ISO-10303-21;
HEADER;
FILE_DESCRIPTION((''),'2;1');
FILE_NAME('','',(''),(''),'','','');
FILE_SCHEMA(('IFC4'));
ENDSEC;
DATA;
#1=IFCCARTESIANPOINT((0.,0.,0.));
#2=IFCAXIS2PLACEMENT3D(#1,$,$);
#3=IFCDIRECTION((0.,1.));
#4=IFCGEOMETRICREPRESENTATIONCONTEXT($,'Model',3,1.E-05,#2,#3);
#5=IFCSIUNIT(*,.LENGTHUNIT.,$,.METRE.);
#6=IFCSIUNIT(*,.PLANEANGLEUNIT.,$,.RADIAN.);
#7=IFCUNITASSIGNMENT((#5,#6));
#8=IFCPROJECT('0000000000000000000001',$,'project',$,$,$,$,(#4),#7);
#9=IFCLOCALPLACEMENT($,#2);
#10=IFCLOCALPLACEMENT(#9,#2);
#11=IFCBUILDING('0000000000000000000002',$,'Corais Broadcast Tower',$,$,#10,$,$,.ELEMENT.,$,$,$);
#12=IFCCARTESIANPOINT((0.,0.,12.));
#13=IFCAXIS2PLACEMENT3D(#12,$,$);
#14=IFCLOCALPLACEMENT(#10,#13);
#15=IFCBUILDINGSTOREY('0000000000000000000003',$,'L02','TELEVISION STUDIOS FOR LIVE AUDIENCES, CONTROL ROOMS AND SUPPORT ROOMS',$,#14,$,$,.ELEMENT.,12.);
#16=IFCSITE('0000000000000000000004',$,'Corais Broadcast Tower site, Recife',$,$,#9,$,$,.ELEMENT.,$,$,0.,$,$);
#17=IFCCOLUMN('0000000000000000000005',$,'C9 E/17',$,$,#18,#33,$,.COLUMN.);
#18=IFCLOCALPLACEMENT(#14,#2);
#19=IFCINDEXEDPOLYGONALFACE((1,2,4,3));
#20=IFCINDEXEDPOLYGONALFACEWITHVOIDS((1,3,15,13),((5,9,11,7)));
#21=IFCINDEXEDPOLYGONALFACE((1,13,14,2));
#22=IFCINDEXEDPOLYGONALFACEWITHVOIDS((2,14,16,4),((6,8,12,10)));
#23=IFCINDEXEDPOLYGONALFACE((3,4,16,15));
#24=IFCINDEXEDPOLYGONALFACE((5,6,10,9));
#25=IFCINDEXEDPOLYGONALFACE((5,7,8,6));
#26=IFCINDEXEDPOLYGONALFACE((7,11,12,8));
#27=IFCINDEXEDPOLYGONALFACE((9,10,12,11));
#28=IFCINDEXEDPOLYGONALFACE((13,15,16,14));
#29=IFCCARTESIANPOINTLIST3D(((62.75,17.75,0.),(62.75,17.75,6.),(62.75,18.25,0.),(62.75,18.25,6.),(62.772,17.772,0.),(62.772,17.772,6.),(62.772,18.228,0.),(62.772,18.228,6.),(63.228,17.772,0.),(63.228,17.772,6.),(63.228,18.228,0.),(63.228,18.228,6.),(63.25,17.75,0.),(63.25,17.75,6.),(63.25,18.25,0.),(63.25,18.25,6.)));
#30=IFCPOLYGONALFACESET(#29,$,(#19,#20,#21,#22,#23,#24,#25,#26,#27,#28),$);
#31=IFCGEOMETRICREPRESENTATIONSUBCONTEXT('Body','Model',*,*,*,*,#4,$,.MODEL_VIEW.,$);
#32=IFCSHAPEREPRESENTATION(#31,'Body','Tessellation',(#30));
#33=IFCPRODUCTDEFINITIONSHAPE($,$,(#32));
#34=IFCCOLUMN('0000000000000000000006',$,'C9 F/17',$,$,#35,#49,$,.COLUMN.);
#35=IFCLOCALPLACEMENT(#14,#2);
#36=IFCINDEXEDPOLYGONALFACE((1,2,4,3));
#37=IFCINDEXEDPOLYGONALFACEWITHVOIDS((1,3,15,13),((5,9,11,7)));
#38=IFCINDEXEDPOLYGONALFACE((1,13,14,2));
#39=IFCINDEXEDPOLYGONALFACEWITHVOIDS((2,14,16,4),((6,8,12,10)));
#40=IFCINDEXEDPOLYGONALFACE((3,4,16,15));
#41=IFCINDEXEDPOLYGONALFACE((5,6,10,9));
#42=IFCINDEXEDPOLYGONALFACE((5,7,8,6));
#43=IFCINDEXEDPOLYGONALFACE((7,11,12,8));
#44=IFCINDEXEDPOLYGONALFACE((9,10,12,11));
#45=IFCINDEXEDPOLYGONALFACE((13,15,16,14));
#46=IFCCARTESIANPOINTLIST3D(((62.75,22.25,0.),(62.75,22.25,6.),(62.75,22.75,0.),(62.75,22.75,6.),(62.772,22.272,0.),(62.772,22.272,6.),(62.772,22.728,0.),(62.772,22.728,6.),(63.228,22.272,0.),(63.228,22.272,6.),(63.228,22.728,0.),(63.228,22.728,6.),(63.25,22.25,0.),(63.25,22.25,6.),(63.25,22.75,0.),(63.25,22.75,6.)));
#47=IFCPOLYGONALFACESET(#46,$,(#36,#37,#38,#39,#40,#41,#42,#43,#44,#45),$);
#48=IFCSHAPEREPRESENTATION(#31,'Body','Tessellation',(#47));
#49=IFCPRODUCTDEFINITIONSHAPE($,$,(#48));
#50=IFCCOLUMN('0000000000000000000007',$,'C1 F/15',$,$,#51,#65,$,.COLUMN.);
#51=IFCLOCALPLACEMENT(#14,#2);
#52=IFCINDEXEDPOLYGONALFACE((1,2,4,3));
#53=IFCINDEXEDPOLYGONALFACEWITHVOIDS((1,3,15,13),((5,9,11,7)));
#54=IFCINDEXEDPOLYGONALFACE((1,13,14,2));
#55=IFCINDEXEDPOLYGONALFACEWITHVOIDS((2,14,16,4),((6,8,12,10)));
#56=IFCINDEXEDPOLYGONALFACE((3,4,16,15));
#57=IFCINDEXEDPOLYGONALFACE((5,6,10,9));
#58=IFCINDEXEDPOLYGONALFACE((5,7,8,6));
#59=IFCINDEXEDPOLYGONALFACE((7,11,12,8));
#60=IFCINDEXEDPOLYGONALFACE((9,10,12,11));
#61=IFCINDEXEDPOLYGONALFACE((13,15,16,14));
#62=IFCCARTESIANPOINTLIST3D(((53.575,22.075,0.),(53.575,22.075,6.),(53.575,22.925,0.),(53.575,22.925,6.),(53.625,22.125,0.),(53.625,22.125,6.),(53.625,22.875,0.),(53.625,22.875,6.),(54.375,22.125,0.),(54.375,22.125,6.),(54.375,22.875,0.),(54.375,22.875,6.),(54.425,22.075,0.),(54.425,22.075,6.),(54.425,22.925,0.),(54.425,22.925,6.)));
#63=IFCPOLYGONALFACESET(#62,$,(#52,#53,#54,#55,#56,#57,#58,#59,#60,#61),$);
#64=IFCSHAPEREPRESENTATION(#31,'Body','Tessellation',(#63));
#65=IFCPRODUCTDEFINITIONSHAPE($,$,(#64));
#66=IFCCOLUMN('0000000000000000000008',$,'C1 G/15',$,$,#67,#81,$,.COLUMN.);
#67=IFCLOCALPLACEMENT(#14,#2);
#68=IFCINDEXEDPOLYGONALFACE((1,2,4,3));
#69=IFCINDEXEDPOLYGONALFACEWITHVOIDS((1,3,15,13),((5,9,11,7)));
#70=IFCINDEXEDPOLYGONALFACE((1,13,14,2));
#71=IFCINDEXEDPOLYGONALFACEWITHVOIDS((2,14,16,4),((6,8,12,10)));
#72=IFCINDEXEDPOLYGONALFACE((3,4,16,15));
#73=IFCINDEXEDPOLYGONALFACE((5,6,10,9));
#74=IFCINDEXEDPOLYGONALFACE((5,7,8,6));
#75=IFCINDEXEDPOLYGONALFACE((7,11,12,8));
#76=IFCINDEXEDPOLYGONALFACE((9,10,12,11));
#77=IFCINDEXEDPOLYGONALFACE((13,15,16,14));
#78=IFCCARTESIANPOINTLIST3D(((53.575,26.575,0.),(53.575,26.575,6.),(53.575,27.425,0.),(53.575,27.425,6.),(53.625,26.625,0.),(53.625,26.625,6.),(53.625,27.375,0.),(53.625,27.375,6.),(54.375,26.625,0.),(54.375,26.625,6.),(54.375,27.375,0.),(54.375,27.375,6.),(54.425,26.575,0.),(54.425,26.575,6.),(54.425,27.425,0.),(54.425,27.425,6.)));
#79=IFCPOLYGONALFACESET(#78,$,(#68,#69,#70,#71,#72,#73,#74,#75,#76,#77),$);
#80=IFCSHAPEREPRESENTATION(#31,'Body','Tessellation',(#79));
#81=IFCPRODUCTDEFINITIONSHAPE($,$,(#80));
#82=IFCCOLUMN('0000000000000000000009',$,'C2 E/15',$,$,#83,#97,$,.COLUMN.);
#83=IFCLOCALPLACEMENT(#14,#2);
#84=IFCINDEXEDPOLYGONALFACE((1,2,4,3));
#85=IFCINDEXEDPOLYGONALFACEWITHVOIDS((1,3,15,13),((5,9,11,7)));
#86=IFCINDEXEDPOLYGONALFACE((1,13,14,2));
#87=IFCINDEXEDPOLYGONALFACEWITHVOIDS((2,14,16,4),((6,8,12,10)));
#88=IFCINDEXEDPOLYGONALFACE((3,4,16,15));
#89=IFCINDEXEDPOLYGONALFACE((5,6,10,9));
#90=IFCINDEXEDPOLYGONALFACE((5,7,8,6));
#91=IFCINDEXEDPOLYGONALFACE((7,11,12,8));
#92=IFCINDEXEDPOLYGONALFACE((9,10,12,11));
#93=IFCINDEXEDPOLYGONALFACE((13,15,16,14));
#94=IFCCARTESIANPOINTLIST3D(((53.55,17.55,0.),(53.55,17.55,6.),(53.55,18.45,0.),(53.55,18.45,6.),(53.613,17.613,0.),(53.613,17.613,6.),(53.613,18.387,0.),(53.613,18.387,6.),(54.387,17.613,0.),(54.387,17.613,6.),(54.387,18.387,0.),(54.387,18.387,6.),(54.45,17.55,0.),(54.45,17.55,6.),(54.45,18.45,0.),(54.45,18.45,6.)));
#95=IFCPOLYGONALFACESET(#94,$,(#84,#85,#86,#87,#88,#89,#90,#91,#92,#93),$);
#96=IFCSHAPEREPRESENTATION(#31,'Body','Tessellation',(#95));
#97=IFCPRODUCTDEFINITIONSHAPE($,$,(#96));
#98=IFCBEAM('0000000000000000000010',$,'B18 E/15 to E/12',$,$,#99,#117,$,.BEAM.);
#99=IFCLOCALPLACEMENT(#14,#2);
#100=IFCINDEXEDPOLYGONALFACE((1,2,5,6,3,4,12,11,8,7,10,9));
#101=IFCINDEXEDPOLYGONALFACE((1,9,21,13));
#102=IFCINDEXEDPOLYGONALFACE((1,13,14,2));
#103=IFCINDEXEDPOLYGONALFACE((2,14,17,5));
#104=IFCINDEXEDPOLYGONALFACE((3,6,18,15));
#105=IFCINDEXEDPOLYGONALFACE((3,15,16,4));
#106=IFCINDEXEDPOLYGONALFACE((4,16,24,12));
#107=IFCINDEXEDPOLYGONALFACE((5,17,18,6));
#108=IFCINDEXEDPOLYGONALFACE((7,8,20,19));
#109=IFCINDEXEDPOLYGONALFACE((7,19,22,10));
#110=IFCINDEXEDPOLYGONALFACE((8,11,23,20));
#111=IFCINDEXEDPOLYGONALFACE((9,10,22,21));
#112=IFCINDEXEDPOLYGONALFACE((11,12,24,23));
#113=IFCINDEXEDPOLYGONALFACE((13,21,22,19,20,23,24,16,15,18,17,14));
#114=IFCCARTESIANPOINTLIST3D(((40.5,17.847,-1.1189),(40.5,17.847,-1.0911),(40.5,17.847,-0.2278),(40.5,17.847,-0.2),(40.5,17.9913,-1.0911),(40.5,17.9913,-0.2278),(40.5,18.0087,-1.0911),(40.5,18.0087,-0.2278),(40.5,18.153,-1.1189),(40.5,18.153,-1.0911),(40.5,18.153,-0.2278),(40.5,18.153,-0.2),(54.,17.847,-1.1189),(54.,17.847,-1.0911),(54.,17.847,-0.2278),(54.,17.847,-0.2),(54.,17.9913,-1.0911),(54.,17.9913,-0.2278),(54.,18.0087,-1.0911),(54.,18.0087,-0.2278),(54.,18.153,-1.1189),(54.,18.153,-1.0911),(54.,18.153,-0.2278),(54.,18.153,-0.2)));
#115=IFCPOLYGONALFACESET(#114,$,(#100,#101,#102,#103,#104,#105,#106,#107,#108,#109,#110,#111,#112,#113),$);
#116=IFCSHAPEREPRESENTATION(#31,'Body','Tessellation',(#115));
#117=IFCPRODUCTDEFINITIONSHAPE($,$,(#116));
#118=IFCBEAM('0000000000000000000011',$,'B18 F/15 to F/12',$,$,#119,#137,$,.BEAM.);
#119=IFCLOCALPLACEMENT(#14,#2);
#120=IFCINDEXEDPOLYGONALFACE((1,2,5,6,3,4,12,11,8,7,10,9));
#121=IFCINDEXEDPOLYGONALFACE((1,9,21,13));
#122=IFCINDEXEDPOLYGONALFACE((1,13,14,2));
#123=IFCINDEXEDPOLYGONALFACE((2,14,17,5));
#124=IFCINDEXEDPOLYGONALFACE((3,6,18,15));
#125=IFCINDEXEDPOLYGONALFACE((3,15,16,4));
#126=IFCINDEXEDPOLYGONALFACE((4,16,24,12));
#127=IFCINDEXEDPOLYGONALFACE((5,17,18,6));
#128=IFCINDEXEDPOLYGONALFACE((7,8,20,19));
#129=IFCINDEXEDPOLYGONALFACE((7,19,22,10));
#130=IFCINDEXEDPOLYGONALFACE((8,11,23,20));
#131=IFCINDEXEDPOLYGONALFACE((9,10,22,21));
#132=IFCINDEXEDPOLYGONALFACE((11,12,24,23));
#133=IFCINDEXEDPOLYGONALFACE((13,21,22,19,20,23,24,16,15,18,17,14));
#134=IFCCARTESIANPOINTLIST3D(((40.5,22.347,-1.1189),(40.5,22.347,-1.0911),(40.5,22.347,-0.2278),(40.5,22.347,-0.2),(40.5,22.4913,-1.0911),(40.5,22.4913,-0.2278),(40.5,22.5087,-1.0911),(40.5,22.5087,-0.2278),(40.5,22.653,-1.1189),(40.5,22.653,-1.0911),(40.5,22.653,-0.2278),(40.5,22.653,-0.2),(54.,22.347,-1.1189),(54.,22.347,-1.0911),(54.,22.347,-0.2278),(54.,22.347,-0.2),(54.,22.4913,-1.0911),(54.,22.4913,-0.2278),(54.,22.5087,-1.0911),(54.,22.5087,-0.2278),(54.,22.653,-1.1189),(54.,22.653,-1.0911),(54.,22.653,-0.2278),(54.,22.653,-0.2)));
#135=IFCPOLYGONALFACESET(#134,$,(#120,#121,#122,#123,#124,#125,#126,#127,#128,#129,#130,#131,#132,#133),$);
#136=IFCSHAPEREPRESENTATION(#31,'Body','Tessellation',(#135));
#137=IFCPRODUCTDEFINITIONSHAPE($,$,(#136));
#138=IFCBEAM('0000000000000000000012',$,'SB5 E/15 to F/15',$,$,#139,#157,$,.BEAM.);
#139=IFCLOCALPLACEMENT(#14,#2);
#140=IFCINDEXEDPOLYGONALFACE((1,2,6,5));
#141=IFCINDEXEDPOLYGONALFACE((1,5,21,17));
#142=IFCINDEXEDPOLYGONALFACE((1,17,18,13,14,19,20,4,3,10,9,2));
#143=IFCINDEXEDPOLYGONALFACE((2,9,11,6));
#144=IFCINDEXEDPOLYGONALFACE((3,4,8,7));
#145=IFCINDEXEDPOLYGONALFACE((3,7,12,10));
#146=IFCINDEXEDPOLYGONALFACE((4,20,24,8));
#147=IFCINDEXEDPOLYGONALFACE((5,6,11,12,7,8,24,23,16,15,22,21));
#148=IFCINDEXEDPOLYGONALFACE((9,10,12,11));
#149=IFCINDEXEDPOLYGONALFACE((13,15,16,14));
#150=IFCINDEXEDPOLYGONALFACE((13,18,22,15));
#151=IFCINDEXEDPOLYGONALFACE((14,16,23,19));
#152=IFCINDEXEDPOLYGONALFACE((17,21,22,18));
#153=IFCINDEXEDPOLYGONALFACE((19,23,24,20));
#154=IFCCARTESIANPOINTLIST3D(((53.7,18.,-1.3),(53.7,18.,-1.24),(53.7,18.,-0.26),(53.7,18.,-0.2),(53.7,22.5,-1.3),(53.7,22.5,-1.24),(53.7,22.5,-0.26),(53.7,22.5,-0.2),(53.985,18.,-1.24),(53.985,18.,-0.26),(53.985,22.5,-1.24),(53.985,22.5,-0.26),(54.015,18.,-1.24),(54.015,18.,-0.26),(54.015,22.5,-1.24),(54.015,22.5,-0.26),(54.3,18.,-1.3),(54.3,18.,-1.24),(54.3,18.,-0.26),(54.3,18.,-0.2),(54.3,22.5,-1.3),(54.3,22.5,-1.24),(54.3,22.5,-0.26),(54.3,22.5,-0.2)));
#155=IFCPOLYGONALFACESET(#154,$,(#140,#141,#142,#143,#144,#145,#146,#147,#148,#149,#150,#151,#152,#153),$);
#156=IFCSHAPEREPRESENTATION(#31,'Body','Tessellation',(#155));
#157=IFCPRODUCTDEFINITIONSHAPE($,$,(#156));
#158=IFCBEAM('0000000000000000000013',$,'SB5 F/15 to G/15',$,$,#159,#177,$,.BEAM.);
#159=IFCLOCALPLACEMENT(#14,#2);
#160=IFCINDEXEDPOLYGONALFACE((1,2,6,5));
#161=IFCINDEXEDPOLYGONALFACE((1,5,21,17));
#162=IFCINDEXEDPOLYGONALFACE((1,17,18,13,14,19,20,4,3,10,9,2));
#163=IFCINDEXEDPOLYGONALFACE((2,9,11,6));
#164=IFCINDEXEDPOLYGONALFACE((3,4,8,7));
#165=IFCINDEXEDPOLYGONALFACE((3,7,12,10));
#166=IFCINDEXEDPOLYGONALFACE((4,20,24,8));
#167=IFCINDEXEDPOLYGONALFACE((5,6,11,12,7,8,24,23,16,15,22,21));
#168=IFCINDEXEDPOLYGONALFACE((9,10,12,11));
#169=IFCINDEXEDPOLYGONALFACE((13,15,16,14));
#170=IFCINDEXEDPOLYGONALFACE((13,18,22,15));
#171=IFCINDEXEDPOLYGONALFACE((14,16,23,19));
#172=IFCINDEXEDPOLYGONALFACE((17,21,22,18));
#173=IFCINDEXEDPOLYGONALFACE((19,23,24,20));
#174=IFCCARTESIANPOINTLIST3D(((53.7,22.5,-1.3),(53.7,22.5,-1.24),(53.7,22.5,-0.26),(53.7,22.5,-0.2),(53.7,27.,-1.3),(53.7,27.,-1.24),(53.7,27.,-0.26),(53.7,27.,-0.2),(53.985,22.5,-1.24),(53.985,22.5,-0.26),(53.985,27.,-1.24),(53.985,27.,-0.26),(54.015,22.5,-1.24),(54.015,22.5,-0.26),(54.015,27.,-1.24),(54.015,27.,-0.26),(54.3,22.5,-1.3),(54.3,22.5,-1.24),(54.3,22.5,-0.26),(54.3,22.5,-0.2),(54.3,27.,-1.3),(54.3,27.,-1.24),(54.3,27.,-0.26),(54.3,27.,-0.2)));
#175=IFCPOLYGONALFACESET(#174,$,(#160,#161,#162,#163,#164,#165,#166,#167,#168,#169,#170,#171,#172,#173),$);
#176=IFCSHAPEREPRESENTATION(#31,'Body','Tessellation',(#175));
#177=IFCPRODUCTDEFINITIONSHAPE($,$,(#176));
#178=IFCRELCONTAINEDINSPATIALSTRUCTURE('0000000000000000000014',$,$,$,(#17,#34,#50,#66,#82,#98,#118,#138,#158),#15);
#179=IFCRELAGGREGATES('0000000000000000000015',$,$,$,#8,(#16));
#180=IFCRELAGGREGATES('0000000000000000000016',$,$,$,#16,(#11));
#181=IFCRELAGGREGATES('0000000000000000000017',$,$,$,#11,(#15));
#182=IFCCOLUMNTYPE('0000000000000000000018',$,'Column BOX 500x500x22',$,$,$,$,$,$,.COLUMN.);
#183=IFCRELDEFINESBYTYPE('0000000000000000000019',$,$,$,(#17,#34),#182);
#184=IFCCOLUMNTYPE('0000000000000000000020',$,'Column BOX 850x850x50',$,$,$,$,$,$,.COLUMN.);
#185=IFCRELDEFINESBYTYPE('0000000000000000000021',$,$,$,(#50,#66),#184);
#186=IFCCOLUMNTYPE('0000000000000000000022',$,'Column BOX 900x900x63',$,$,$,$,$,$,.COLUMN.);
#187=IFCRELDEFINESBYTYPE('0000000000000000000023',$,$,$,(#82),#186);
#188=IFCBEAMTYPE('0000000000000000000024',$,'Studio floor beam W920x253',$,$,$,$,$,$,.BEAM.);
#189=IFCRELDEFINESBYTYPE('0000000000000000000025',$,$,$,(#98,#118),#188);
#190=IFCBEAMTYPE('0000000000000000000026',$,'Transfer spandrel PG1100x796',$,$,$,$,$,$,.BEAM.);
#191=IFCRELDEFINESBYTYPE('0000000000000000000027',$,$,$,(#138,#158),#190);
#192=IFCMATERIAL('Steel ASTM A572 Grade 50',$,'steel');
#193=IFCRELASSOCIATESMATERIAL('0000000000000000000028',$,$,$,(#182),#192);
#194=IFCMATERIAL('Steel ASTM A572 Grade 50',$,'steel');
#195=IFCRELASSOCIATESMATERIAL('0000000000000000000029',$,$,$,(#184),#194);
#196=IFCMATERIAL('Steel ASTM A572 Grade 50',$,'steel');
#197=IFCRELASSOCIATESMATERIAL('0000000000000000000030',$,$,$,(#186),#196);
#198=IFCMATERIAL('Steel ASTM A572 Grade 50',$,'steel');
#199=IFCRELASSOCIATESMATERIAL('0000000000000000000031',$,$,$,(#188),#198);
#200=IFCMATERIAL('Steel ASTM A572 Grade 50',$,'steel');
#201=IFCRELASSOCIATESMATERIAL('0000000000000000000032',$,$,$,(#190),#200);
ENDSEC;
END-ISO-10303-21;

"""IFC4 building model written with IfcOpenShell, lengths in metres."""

from ifc_helpers import new_model, si_unit, direction, frame, origin, origin_2d, place, context, subcontext, project, spatial, hollow_rectangle, i_section, extrude, material, material_profile, profile_set, type_object, element, save


model = new_model("IFC4")

# Units and contexts
model_context = context("Model", 3, precision=1e-05, world=origin(), true_north=direction((0.0, 1.0)))
body_context = subcontext(model_context, "Body", "Model", "MODEL_VIEW")
ifc_project = project(units=[si_unit("LENGTHUNIT", "METRE"), si_unit("PLANEANGLEUNIT", "RADIAN")], contexts=[model_context])

# Site, building, storey
site_placement = place(None, origin())
site = spatial("IfcSite", under=ifc_project, at=site_placement, Name="Corais Broadcast Tower site, Recife", CompositionType="ELEMENT", RefElevation=0.0)
building_placement = place(site_placement, origin())
building = spatial("IfcBuilding", under=site, at=building_placement, Name="Corais Broadcast Tower", CompositionType="ELEMENT")
storey_placement = place(building_placement, frame((0.0, 0.0, 12.0)))
storey = spatial("IfcBuildingStorey", under=building, at=storey_placement, Name="L02", Description="TELEVISION STUDIOS FOR LIVE AUDIENCES, CONTROL ROOMS AND SUPPORT ROOMS", CompositionType="ELEMENT", Elevation=12.0)

# Columns
ifc_material_1 = material(Name="Steel ASTM A572 Grade 50", Category="steel")
ifc_material_profile_1 = material_profile(ifc_material_1, hollow_rectangle(XDim=0.5, YDim=0.5, WallThickness=0.022, at=origin_2d()), Name="BOX 500x500x22")
ifc_profile_set_1 = profile_set([ifc_material_profile_1], Name="Steel ASTM A572 Grade 50")
column_type_1 = type_object("IfcColumnType", Name="Column BOX 500x500x22", PredefinedType="COLUMN", material=ifc_profile_set_1)
for number, where, z_axis, x_axis, name in (
    (1, (63.0, 18.0, 0.0), (0.0, 0.0, 1.0), (1.0, 0.0, 0.0), "C9 E/17"),
    (2, (63.0, 22.5, 0.0), (0.0, 0.0, 1.0), (1.0, 0.0, 0.0), "C9 F/17"),
):
    element("IfcColumn", number, at=place(storey_placement, frame(where, z_axis=z_axis, x_axis=x_axis)), inside=storey, type_object=column_type_1, Name=name, PredefinedType="COLUMN", context=body_context, shape_type="SweptSolid", body=[
        extrude(hollow_rectangle(XDim=0.5, YDim=0.5, WallThickness=0.022, at=origin_2d()), origin(), (0.0, 0.0, 1.0), 6.0),
    ])
ifc_material_2 = material(Name="Steel ASTM A572 Grade 50", Category="steel")
ifc_material_profile_2 = material_profile(ifc_material_2, hollow_rectangle(XDim=0.8501, YDim=0.8501, WallThickness=0.05, at=origin_2d()), Name="BOX 850x850x50")
ifc_profile_set_2 = profile_set([ifc_material_profile_2], Name="Steel ASTM A572 Grade 50")
column_type_2 = type_object("IfcColumnType", Name="Column BOX 850x850x50", PredefinedType="COLUMN", material=ifc_profile_set_2)
for number, where, z_axis, x_axis, name in (
    (3, (54.0, 22.5, 0.0), (0.0, 0.0, 1.0), (1.0, 0.0, 0.0), "C1 F/15"),
    (4, (54.0, 27.0, 0.0), (0.0, 0.0, 1.0), (1.0, 0.0, 0.0), "C1 G/15"),
):
    element("IfcColumn", number, at=place(storey_placement, frame(where, z_axis=z_axis, x_axis=x_axis)), inside=storey, type_object=column_type_2, Name=name, PredefinedType="COLUMN", context=body_context, shape_type="SweptSolid", body=[
        extrude(hollow_rectangle(XDim=0.8501, YDim=0.8501, WallThickness=0.05, at=origin_2d()), origin(), (0.0, 0.0, 1.0), 6.0),
    ])
ifc_material_3 = material(Name="Steel ASTM A572 Grade 50", Category="steel")
ifc_material_profile_3 = material_profile(ifc_material_3, hollow_rectangle(XDim=0.8999, YDim=0.8999, WallThickness=0.063, at=origin_2d()), Name="BOX 900x900x63")
ifc_profile_set_3 = profile_set([ifc_material_profile_3], Name="Steel ASTM A572 Grade 50")
column_type_3 = type_object("IfcColumnType", Name="Column BOX 900x900x63", PredefinedType="COLUMN", material=ifc_profile_set_3)
column_placement = place(storey_placement, frame((54.0, 18.0, 0.0), z_axis=(0.0, 0.0, 1.0), x_axis=(1.0, 0.0, 0.0)))
element("IfcColumn", 5, at=column_placement, inside=storey, type_object=column_type_3, Name="C2 E/15", PredefinedType="COLUMN", context=body_context, shape_type="SweptSolid", body=[
    extrude(hollow_rectangle(XDim=0.8999, YDim=0.8999, WallThickness=0.063, at=origin_2d()), origin(), (0.0, 0.0, 1.0), 6.0),
])

# Beams
ifc_material_4 = material(Name="Steel ASTM A572 Grade 50", Category="steel")
ifc_material_profile_4 = material_profile(ifc_material_4, i_section(OverallWidth=0.3059, OverallDepth=0.9189, WebThickness=0.0173, FlangeThickness=0.0278, at=origin_2d()), Name="W920x253")
ifc_profile_set_4 = profile_set([ifc_material_profile_4], Name="Steel ASTM A572 Grade 50")
beam_type_1 = type_object("IfcBeamType", Name="Studio floor beam W920x253", PredefinedType="BEAM", material=ifc_profile_set_4)
for number, where, z_axis, x_axis, name in (
    (6, (54.0, 18.0, -0.6594), (-1.0, 0.0, 0.0), (0.0, -1.0, 0.0), "B18 E/15 to E/12"),
    (7, (54.0, 22.5, -0.6594), (-1.0, 0.0, 0.0), (0.0, -1.0, 0.0), "B18 F/15 to F/12"),
):
    element("IfcBeam", number, at=place(storey_placement, frame(where, z_axis=z_axis, x_axis=x_axis)), inside=storey, type_object=beam_type_1, Name=name, PredefinedType="BEAM", context=body_context, shape_type="SweptSolid", body=[
        extrude(i_section(OverallWidth=0.3059, OverallDepth=0.9189, WebThickness=0.0173, FlangeThickness=0.0278, at=origin_2d()), origin(), (0.0, 0.0, 1.0), 13.5),
    ])
ifc_material_5 = material(Name="Steel ASTM A572 Grade 50", Category="steel")
ifc_material_profile_5 = material_profile(ifc_material_5, i_section(OverallWidth=0.6001, OverallDepth=1.1001, WebThickness=0.03, FlangeThickness=0.0601, at=origin_2d()), Name="PG1100x796")
ifc_profile_set_5 = profile_set([ifc_material_profile_5], Name="Steel ASTM A572 Grade 50")
beam_type_2 = type_object("IfcBeamType", Name="Transfer spandrel PG1100x796", PredefinedType="BEAM", material=ifc_profile_set_5)
for number, where, z_axis, x_axis, name in (
    (8, (54.0, 18.0, -0.75), (0.0, 1.0, 0.0), (-1.0, 0.0, 0.0), "SB5 E/15 to F/15"),
    (9, (54.0, 22.5, -0.75), (0.0, 1.0, 0.0), (-1.0, 0.0, 0.0), "SB5 F/15 to G/15"),
):
    element("IfcBeam", number, at=place(storey_placement, frame(where, z_axis=z_axis, x_axis=x_axis)), inside=storey, type_object=beam_type_2, Name=name, PredefinedType="BEAM", context=body_context, shape_type="SweptSolid", body=[
        extrude(i_section(OverallWidth=0.6001, OverallDepth=1.1001, WebThickness=0.03, FlangeThickness=0.0601, at=origin_2d()), origin(), (0.0, 0.0, 1.0), 4.5),
    ])

save(model, "model.ifc")
